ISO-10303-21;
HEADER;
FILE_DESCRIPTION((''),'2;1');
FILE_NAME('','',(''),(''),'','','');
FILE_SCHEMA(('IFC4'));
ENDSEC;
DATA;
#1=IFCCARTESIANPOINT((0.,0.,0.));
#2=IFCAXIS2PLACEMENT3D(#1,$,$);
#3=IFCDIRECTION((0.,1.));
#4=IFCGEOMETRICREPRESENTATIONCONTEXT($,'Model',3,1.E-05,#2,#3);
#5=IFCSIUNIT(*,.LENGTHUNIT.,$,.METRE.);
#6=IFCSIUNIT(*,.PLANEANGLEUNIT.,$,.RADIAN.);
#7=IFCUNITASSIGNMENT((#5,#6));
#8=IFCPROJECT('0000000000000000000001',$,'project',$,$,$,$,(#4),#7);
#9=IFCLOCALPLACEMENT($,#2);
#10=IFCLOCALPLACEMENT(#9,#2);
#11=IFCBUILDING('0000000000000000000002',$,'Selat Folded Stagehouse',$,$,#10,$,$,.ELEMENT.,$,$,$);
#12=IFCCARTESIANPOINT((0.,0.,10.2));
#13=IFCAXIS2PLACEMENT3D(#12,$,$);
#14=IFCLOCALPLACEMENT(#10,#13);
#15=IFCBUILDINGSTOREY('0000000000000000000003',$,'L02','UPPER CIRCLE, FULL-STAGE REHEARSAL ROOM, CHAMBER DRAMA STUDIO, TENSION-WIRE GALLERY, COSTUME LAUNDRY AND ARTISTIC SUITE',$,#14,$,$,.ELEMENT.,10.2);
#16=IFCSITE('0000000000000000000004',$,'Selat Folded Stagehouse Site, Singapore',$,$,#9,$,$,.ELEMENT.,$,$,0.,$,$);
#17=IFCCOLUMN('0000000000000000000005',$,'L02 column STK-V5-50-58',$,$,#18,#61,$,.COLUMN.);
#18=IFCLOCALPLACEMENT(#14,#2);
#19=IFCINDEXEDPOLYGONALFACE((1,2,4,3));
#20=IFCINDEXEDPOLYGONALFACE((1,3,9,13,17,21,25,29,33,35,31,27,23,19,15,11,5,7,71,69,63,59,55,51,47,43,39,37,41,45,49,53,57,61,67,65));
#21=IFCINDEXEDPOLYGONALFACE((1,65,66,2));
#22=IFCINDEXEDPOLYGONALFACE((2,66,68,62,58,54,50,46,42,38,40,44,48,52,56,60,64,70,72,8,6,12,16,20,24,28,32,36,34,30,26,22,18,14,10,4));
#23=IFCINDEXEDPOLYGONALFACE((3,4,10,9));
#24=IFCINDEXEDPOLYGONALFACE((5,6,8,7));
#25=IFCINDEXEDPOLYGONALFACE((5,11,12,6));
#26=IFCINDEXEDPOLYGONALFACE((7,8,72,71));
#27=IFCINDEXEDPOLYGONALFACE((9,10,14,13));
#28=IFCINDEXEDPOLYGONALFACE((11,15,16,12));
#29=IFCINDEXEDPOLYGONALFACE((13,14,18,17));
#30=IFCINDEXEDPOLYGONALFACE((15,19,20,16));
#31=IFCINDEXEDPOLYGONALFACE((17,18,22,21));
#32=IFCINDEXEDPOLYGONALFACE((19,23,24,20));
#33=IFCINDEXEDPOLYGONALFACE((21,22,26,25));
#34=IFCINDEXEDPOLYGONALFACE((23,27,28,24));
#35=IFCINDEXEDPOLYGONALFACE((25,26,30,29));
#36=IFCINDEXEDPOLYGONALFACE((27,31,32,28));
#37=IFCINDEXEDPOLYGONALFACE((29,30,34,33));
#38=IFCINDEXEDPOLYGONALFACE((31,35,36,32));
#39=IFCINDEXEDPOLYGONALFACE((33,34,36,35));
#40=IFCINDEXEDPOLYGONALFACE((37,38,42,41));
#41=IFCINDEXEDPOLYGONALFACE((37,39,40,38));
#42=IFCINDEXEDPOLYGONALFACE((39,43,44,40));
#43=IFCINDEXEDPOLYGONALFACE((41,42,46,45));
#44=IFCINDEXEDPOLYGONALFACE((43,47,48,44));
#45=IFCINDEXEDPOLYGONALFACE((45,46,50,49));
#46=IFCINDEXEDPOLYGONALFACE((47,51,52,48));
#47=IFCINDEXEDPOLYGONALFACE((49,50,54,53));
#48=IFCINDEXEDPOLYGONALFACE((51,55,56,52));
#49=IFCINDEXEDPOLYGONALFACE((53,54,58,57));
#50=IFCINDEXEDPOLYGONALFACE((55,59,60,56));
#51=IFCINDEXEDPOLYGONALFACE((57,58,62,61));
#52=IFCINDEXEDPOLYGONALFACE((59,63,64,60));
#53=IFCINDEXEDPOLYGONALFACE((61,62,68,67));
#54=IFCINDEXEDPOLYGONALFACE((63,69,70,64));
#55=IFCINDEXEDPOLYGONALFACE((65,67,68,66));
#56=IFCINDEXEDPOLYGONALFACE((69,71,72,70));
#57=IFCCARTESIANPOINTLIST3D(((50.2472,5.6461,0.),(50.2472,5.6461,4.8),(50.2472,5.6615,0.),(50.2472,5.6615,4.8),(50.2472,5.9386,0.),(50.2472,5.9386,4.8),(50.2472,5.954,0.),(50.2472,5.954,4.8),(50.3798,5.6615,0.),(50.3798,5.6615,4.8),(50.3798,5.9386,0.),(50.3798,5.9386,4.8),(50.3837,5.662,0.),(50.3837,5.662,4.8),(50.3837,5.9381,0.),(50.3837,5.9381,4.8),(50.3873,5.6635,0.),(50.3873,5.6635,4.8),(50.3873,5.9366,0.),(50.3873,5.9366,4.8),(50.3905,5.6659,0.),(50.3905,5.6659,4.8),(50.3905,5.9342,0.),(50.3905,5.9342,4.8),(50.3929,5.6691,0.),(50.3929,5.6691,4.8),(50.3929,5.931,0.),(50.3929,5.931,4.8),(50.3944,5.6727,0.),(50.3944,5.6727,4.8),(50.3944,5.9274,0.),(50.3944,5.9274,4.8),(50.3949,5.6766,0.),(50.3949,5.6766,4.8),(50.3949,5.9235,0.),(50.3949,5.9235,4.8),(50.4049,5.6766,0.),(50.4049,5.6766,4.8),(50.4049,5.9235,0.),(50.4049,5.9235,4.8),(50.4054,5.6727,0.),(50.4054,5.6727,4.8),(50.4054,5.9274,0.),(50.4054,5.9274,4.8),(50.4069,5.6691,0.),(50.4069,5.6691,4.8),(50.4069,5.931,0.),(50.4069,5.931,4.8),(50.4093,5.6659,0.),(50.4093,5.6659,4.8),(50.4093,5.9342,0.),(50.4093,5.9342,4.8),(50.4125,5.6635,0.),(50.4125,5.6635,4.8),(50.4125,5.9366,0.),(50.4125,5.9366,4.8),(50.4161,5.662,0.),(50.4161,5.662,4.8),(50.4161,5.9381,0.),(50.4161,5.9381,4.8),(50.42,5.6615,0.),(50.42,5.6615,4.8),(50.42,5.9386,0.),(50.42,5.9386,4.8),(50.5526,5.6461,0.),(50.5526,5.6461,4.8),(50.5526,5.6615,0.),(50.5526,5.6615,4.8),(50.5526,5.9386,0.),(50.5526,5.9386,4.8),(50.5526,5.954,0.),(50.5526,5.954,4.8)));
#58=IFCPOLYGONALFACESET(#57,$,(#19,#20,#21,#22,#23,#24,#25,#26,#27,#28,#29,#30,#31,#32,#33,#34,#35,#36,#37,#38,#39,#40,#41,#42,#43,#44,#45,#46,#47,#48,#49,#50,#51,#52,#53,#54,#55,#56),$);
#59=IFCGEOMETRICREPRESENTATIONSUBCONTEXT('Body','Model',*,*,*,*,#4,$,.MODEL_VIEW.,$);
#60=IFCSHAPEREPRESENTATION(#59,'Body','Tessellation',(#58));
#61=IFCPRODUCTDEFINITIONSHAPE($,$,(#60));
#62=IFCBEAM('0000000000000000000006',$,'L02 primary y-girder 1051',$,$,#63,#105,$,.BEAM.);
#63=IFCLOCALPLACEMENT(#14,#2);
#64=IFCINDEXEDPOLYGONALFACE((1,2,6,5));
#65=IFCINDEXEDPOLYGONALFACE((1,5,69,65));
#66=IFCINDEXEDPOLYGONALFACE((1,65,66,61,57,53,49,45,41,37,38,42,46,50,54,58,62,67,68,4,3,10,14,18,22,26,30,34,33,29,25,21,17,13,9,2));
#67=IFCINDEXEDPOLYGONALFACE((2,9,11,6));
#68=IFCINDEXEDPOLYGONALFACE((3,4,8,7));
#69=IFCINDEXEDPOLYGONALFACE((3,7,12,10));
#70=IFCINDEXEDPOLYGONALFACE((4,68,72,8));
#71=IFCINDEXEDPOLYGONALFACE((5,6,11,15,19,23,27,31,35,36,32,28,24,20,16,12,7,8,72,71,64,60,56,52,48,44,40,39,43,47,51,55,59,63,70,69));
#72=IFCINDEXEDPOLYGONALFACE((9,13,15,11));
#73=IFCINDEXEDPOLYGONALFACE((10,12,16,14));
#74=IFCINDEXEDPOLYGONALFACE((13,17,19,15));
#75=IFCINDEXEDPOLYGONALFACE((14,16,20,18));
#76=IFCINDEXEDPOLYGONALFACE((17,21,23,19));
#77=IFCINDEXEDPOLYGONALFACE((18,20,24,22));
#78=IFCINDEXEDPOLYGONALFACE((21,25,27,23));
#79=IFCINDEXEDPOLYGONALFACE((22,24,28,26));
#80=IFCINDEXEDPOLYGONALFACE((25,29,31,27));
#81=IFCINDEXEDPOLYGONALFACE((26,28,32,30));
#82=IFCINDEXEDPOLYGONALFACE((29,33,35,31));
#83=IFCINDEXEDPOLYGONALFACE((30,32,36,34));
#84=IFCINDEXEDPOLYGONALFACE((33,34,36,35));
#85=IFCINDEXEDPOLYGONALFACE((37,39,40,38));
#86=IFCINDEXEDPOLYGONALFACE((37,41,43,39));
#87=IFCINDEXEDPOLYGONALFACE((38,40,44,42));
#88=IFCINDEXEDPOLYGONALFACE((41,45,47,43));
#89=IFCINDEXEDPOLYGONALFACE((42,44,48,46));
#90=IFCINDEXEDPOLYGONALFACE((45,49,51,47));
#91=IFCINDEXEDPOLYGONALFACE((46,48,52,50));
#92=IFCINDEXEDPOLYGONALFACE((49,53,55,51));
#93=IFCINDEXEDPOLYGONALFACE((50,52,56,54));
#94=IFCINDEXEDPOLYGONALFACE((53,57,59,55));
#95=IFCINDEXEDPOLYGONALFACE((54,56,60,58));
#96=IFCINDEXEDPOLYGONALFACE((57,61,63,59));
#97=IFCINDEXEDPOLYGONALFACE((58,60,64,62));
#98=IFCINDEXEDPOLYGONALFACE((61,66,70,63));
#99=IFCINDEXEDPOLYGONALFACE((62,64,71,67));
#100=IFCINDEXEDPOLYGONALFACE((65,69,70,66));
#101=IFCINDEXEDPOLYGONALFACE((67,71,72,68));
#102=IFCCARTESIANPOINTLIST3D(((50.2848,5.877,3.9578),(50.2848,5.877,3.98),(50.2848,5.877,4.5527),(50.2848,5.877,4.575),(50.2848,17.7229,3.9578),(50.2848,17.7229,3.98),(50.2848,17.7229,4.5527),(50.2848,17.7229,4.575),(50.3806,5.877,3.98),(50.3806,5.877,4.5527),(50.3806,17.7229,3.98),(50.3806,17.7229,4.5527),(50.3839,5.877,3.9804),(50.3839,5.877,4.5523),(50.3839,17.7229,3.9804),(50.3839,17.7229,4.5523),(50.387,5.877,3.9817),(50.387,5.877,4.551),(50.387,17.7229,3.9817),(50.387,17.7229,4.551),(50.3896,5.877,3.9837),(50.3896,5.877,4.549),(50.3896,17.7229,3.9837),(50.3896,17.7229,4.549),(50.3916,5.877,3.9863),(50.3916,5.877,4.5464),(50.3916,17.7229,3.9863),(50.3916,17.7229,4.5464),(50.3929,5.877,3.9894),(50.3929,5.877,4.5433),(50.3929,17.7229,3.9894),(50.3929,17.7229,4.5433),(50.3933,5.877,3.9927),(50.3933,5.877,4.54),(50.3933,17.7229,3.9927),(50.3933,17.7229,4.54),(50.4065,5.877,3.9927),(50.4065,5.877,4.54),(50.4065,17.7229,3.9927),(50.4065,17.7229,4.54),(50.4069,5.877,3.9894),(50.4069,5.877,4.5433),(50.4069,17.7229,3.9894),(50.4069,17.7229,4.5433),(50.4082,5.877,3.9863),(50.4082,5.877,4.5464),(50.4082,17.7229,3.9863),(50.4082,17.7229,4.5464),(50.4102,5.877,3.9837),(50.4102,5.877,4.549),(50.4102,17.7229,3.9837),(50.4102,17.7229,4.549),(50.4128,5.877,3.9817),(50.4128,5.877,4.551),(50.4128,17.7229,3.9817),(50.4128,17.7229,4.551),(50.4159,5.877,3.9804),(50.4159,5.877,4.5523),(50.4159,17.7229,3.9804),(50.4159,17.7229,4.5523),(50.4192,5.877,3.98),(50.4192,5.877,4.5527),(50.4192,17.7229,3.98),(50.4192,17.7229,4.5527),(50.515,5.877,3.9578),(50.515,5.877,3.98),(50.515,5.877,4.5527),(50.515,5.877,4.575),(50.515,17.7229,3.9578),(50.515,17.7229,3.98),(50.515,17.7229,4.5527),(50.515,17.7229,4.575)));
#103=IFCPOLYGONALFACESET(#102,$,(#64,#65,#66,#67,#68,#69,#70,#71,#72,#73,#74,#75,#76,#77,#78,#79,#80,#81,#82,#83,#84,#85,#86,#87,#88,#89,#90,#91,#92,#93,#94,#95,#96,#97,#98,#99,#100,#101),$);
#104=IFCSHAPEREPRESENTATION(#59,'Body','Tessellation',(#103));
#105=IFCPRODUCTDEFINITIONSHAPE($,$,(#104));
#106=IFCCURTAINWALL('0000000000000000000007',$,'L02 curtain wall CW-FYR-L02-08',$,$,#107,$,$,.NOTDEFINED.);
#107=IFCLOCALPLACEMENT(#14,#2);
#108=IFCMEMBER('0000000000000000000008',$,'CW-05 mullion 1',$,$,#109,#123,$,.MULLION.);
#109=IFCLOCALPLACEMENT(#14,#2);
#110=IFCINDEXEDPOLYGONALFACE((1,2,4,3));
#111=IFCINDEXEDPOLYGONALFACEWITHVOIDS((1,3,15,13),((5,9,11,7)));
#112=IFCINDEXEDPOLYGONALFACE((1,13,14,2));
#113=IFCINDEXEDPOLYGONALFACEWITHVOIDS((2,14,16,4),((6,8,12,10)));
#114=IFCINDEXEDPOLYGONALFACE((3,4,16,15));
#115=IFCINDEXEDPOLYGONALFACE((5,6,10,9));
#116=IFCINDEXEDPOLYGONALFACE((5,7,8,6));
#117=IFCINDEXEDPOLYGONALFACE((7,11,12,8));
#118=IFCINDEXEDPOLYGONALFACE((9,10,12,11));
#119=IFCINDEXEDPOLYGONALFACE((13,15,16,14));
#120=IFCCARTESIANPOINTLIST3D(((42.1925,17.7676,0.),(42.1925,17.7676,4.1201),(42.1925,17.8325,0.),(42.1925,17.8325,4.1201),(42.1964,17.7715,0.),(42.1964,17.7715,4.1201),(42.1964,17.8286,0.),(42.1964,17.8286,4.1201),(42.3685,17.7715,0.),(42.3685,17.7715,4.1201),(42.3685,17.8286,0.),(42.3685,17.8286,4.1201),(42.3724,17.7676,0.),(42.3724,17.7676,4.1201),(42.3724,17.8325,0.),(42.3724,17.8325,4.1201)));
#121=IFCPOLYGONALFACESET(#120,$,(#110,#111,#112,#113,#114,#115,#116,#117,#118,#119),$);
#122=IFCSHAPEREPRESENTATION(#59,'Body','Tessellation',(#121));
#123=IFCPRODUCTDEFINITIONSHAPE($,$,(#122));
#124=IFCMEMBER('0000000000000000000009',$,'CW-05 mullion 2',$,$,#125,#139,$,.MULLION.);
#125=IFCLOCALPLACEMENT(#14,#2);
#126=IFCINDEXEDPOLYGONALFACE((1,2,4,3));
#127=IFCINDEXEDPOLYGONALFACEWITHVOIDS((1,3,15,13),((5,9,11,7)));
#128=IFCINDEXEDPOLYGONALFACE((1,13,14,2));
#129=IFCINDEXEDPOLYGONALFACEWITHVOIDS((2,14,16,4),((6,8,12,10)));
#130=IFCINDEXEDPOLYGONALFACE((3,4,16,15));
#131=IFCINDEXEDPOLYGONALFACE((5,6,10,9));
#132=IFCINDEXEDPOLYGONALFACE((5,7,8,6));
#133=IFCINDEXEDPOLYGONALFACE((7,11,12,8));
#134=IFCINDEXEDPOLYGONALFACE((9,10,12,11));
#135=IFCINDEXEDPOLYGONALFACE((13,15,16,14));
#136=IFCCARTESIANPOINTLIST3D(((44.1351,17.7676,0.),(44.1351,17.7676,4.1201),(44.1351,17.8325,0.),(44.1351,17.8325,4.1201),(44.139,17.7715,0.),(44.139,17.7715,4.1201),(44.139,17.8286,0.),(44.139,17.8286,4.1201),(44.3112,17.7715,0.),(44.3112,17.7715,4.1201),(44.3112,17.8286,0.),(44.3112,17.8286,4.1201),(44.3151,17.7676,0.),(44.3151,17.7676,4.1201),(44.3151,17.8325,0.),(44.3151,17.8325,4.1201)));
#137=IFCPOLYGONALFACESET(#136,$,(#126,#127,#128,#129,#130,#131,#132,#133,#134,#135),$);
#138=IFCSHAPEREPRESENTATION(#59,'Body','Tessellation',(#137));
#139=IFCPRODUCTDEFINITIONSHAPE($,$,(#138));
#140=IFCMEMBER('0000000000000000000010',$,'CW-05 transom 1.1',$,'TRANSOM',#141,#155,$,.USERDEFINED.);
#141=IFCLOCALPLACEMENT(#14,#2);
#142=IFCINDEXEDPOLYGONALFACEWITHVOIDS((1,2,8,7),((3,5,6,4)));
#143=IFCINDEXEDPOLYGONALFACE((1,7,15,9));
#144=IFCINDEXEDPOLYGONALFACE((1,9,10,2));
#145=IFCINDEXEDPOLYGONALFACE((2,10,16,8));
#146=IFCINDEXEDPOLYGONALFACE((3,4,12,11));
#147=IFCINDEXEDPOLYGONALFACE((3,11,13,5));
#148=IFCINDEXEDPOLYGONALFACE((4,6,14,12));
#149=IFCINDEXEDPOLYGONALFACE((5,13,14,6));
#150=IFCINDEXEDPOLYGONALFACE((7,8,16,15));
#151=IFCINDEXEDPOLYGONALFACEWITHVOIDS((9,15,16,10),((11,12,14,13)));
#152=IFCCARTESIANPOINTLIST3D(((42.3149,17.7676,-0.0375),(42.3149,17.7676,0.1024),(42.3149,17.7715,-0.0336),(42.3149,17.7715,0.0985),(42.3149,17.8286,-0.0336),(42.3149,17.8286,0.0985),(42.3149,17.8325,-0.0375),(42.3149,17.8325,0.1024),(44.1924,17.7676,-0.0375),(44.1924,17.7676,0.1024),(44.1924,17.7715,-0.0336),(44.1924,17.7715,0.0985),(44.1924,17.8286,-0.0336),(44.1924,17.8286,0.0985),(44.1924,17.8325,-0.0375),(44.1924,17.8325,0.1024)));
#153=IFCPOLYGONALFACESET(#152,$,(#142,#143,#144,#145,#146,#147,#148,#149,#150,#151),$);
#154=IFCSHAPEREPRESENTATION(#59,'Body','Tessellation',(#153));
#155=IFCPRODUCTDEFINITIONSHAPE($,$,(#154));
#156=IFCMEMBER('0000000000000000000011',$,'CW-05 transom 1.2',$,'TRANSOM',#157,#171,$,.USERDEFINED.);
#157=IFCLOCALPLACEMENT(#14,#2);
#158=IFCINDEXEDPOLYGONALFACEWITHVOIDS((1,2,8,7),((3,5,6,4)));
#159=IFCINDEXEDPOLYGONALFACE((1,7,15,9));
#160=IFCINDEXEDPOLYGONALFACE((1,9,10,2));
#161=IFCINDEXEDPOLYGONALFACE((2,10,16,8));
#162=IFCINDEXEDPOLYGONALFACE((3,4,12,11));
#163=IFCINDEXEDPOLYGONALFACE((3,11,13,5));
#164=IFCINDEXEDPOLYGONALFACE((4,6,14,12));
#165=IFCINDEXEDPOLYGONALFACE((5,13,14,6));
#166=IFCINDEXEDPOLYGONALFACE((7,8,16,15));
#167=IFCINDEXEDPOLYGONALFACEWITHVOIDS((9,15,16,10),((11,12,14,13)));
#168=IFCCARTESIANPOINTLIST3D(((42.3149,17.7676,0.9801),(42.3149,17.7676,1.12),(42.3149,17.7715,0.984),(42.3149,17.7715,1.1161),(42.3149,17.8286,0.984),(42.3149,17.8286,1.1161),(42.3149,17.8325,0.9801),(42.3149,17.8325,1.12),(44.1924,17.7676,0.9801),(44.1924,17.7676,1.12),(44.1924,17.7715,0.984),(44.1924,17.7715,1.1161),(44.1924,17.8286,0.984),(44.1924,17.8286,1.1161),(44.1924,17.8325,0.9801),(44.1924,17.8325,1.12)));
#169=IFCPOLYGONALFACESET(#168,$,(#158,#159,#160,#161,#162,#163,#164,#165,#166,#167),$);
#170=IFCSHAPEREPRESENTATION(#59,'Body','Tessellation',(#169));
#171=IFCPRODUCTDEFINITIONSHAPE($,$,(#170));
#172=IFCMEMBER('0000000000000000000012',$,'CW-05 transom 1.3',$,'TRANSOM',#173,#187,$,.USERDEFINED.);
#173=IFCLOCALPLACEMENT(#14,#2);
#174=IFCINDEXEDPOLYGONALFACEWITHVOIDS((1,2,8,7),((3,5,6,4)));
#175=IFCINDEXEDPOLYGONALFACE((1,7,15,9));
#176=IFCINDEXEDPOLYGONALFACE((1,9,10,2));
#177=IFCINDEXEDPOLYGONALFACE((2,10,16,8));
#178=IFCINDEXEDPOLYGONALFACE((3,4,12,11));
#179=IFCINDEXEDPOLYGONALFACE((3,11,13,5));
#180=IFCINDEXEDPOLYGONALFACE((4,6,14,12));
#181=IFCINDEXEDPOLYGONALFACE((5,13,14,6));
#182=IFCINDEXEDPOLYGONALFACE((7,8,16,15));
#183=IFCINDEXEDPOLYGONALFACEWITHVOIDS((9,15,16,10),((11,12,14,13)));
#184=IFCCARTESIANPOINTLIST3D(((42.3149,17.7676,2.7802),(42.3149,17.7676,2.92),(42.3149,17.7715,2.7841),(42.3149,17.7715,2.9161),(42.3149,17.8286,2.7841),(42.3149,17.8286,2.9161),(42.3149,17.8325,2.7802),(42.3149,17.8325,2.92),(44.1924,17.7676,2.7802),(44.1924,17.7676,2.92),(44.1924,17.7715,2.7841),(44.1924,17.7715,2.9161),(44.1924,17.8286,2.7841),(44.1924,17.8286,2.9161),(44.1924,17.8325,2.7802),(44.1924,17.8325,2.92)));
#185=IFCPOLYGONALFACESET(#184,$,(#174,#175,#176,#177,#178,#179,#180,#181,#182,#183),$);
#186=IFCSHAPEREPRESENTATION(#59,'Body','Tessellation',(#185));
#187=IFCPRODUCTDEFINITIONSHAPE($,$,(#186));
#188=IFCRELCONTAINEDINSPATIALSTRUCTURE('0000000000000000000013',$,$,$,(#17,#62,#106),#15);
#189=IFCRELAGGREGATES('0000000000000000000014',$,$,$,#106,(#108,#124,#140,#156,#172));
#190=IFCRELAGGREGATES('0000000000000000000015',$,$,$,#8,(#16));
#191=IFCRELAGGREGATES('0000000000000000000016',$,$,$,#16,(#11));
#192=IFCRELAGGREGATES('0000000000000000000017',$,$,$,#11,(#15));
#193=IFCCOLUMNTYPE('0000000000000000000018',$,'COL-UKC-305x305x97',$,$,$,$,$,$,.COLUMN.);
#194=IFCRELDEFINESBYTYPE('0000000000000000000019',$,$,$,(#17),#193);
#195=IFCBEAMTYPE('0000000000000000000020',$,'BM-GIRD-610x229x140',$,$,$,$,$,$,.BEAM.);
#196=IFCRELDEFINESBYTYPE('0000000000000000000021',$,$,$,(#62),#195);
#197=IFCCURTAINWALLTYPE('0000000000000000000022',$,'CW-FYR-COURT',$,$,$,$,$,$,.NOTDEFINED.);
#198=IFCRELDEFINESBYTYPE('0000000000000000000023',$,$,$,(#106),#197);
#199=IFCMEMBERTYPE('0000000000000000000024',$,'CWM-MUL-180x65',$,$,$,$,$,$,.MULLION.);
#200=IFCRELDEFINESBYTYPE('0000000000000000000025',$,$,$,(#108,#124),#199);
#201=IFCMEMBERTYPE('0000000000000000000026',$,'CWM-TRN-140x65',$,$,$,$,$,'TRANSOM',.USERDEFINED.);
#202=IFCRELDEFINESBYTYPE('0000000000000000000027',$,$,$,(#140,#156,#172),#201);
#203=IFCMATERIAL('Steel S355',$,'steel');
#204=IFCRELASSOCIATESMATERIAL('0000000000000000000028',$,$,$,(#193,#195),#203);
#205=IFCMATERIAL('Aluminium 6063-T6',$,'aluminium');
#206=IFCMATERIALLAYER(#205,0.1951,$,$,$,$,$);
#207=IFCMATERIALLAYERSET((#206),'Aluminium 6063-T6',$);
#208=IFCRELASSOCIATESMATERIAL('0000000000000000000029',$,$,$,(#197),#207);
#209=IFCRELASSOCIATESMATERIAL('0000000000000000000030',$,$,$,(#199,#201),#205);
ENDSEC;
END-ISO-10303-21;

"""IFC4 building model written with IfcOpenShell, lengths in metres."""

from ifc_helpers import new_model, si_unit, direction, frame, origin, origin_2d, place, context, subcontext, project, spatial, hollow_rectangle, i_section, extrude, material, layer, layer_set, material_profile, profile_set, type_object, element, aggregate, save


model = new_model("IFC4")

# Units and contexts
model_context = context("Model", 3, precision=1e-05, world=origin(), true_north=direction((0.0, 1.0)))
body_context = subcontext(model_context, "Body", "Model", "MODEL_VIEW")
ifc_project = project(units=[si_unit("LENGTHUNIT", "METRE"), si_unit("PLANEANGLEUNIT", "RADIAN")], contexts=[model_context])

# Site, building, storey
site_placement = place(None, origin())
site = spatial("IfcSite", under=ifc_project, at=site_placement, Name="Selat Folded Stagehouse Site, Singapore", CompositionType="ELEMENT", RefElevation=0.0)
building_placement = place(site_placement, origin())
building = spatial("IfcBuilding", under=site, at=building_placement, Name="Selat Folded Stagehouse", CompositionType="ELEMENT")
storey_placement = place(building_placement, frame((0.0, 0.0, 10.2)))
storey = spatial("IfcBuildingStorey", under=building, at=storey_placement, Name="L02", Description="UPPER CIRCLE, FULL-STAGE REHEARSAL ROOM, CHAMBER DRAMA STUDIO, TENSION-WIRE GALLERY, COSTUME LAUNDRY AND ARTISTIC SUITE", CompositionType="ELEMENT", Elevation=10.2)

# Column
ifc_material_1 = material(Name="Steel S355", Category="steel")
ifc_material_profile_1 = material_profile(ifc_material_1, i_section(OverallWidth=0.3054, OverallDepth=0.3079, WebThickness=0.01, FlangeThickness=0.0154, FilletRadius=0.0151, at=origin_2d()), Name="UKC 305x305x97")
ifc_profile_set_1 = profile_set([ifc_material_profile_1], Name="Steel S355")
column_type = type_object("IfcColumnType", Name="COL-UKC-305x305x97", PredefinedType="COLUMN", material=ifc_profile_set_1)
column_placement = place(storey_placement, frame((50.3999, 5.8, 0.0), z_axis=(0.0, 0.0, 1.0), x_axis=(1.0, 0.0, 0.0)))
element("IfcColumn", 1, at=column_placement, inside=storey, type_object=column_type, Name="L02 column STK-V5-50-58", PredefinedType="COLUMN", context=body_context, shape_type="SweptSolid", body=[
    extrude(i_section(OverallWidth=0.3054, OverallDepth=0.3079, WebThickness=0.01, FlangeThickness=0.0154, FilletRadius=0.0151, at=origin_2d()), origin(), (0.0, 0.0, 1.0), 4.8),
])

# Beam
ifc_material_profile_2 = material_profile(ifc_material_1, i_section(OverallWidth=0.2302, OverallDepth=0.6172, WebThickness=0.0132, FlangeThickness=0.0222, FilletRadius=0.0127, at=origin_2d()), Name="UKB 610x229x140")
ifc_profile_set_2 = profile_set([ifc_material_profile_2], Name="Steel S355")
beam_type_1 = type_object("IfcBeamType", Name="BM-GIRD-610x229x140", PredefinedType="BEAM", material=ifc_profile_set_2)
beam_1_placement = place(storey_placement, frame((50.3999, 5.877, 4.2664), z_axis=(0.0, 1.0, 0.0), x_axis=(-1.0, 0.0, 0.0)))
element("IfcBeam", 2, at=beam_1_placement, inside=storey, type_object=beam_type_1, Name="L02 primary y-girder 1051", PredefinedType="BEAM", context=body_context, shape_type="SweptSolid", body=[
    extrude(i_section(OverallWidth=0.2302, OverallDepth=0.6172, WebThickness=0.0132, FlangeThickness=0.0222, FilletRadius=0.0127, at=origin_2d()), origin(), (0.0, 0.0, 1.0), 11.8459),
])

# Curtain wall, members
ifc_material_2 = material(Name="Aluminium 6063-T6", Category="aluminium")
ifc_layer_1 = layer(ifc_material_2, 0.1951)
ifc_layer_set_1 = layer_set([ifc_layer_1], Name="Aluminium 6063-T6")
curtain_wall_type = type_object("IfcCurtainWallType", Name="CW-FYR-COURT", PredefinedType="NOTDEFINED", material=ifc_layer_set_1)
curtain_wall_placement = place(storey_placement, origin())
curtain_wall = element("IfcCurtainWall", 3, at=curtain_wall_placement, inside=storey, type_object=curtain_wall_type, Name="L02 curtain wall CW-FYR-L02-08", PredefinedType="NOTDEFINED")
ifc_material_profile_3 = material_profile(ifc_material_2, hollow_rectangle(XDim=0.0649, YDim=0.1799, WallThickness=0.0039, at=origin_2d()), Name="ALU 180x65x4.0")
ifc_profile_set_3 = profile_set([ifc_material_profile_3], Name="Aluminium 6063-T6")
member_type_1 = type_object("IfcMemberType", Name="CWM-MUL-180x65", PredefinedType="MULLION", material=ifc_profile_set_3)
member_1_placement = place(storey_placement, frame((42.2825, 17.8, 0.0), z_axis=(0.0, 0.0, 1.0), x_axis=(0.0, 1.0, 0.0)))
member_1 = element("IfcMember", 4, at=member_1_placement, type_object=member_type_1, Name="CW-05 mullion 1", PredefinedType="MULLION", context=body_context, shape_type="SweptSolid", body=[
    extrude(hollow_rectangle(XDim=0.0649, YDim=0.1799, WallThickness=0.0039, at=origin_2d()), origin(), (0.0, 0.0, 1.0), 4.1201),
])
member_2_placement = place(storey_placement, frame((44.2251, 17.8, 0.0), z_axis=(0.0, 0.0, 1.0), x_axis=(0.0, 1.0, 0.0)))
member_2 = element("IfcMember", 5, at=member_2_placement, type_object=member_type_1, Name="CW-05 mullion 2", PredefinedType="MULLION", context=body_context, shape_type="SweptSolid", body=[
    extrude(hollow_rectangle(XDim=0.0649, YDim=0.1799, WallThickness=0.0039, at=origin_2d()), origin(), (0.0, 0.0, 1.0), 4.1201),
])
ifc_material_profile_4 = material_profile(ifc_material_2, hollow_rectangle(XDim=0.0649, YDim=0.1399, WallThickness=0.0039, at=origin_2d()), Name="ALU 140x65x4.0")
ifc_profile_set_4 = profile_set([ifc_material_profile_4], Name="Aluminium 6063-T6")
member_type_2 = type_object("IfcMemberType", Name="CWM-TRN-140x65", ElementType="TRANSOM", PredefinedType="USERDEFINED", material=ifc_profile_set_4)
member_3_placement = place(storey_placement, frame((42.3149, 17.8, 0.0325), z_axis=(1.0, 0.0, 0.0), x_axis=(0.0, 1.0, 0.0)))
member_3 = element("IfcMember", 6, at=member_3_placement, type_object=member_type_2, Name="CW-05 transom 1.1", ObjectType="TRANSOM", PredefinedType="USERDEFINED", context=body_context, shape_type="SweptSolid", body=[
    extrude(hollow_rectangle(XDim=0.0649, YDim=0.1399, WallThickness=0.0039, at=origin_2d()), origin(), (0.0, 0.0, 1.0), 1.8774),
])
member_4_placement = place(storey_placement, frame((42.3149, 17.8, 1.05), z_axis=(1.0, 0.0, 0.0), x_axis=(0.0, 1.0, 0.0)))
member_4 = element("IfcMember", 7, at=member_4_placement, type_object=member_type_2, Name="CW-05 transom 1.2", ObjectType="TRANSOM", PredefinedType="USERDEFINED", context=body_context, shape_type="SweptSolid", body=[
    extrude(hollow_rectangle(XDim=0.0649, YDim=0.1399, WallThickness=0.0039, at=origin_2d()), origin(), (0.0, 0.0, 1.0), 1.8774),
])
member_5_placement = place(storey_placement, frame((42.3149, 17.8, 2.8501), z_axis=(1.0, 0.0, 0.0), x_axis=(0.0, 1.0, 0.0)))
member_5 = element("IfcMember", 8, at=member_5_placement, type_object=member_type_2, Name="CW-05 transom 1.3", ObjectType="TRANSOM", PredefinedType="USERDEFINED", context=body_context, shape_type="SweptSolid", body=[
    extrude(hollow_rectangle(XDim=0.0649, YDim=0.1399, WallThickness=0.0039, at=origin_2d()), origin(), (0.0, 0.0, 1.0), 1.8774),
])

aggregate(curtain_wall, [member_1, member_2, member_3, member_4, member_5])

save(model, "model.ifc")
